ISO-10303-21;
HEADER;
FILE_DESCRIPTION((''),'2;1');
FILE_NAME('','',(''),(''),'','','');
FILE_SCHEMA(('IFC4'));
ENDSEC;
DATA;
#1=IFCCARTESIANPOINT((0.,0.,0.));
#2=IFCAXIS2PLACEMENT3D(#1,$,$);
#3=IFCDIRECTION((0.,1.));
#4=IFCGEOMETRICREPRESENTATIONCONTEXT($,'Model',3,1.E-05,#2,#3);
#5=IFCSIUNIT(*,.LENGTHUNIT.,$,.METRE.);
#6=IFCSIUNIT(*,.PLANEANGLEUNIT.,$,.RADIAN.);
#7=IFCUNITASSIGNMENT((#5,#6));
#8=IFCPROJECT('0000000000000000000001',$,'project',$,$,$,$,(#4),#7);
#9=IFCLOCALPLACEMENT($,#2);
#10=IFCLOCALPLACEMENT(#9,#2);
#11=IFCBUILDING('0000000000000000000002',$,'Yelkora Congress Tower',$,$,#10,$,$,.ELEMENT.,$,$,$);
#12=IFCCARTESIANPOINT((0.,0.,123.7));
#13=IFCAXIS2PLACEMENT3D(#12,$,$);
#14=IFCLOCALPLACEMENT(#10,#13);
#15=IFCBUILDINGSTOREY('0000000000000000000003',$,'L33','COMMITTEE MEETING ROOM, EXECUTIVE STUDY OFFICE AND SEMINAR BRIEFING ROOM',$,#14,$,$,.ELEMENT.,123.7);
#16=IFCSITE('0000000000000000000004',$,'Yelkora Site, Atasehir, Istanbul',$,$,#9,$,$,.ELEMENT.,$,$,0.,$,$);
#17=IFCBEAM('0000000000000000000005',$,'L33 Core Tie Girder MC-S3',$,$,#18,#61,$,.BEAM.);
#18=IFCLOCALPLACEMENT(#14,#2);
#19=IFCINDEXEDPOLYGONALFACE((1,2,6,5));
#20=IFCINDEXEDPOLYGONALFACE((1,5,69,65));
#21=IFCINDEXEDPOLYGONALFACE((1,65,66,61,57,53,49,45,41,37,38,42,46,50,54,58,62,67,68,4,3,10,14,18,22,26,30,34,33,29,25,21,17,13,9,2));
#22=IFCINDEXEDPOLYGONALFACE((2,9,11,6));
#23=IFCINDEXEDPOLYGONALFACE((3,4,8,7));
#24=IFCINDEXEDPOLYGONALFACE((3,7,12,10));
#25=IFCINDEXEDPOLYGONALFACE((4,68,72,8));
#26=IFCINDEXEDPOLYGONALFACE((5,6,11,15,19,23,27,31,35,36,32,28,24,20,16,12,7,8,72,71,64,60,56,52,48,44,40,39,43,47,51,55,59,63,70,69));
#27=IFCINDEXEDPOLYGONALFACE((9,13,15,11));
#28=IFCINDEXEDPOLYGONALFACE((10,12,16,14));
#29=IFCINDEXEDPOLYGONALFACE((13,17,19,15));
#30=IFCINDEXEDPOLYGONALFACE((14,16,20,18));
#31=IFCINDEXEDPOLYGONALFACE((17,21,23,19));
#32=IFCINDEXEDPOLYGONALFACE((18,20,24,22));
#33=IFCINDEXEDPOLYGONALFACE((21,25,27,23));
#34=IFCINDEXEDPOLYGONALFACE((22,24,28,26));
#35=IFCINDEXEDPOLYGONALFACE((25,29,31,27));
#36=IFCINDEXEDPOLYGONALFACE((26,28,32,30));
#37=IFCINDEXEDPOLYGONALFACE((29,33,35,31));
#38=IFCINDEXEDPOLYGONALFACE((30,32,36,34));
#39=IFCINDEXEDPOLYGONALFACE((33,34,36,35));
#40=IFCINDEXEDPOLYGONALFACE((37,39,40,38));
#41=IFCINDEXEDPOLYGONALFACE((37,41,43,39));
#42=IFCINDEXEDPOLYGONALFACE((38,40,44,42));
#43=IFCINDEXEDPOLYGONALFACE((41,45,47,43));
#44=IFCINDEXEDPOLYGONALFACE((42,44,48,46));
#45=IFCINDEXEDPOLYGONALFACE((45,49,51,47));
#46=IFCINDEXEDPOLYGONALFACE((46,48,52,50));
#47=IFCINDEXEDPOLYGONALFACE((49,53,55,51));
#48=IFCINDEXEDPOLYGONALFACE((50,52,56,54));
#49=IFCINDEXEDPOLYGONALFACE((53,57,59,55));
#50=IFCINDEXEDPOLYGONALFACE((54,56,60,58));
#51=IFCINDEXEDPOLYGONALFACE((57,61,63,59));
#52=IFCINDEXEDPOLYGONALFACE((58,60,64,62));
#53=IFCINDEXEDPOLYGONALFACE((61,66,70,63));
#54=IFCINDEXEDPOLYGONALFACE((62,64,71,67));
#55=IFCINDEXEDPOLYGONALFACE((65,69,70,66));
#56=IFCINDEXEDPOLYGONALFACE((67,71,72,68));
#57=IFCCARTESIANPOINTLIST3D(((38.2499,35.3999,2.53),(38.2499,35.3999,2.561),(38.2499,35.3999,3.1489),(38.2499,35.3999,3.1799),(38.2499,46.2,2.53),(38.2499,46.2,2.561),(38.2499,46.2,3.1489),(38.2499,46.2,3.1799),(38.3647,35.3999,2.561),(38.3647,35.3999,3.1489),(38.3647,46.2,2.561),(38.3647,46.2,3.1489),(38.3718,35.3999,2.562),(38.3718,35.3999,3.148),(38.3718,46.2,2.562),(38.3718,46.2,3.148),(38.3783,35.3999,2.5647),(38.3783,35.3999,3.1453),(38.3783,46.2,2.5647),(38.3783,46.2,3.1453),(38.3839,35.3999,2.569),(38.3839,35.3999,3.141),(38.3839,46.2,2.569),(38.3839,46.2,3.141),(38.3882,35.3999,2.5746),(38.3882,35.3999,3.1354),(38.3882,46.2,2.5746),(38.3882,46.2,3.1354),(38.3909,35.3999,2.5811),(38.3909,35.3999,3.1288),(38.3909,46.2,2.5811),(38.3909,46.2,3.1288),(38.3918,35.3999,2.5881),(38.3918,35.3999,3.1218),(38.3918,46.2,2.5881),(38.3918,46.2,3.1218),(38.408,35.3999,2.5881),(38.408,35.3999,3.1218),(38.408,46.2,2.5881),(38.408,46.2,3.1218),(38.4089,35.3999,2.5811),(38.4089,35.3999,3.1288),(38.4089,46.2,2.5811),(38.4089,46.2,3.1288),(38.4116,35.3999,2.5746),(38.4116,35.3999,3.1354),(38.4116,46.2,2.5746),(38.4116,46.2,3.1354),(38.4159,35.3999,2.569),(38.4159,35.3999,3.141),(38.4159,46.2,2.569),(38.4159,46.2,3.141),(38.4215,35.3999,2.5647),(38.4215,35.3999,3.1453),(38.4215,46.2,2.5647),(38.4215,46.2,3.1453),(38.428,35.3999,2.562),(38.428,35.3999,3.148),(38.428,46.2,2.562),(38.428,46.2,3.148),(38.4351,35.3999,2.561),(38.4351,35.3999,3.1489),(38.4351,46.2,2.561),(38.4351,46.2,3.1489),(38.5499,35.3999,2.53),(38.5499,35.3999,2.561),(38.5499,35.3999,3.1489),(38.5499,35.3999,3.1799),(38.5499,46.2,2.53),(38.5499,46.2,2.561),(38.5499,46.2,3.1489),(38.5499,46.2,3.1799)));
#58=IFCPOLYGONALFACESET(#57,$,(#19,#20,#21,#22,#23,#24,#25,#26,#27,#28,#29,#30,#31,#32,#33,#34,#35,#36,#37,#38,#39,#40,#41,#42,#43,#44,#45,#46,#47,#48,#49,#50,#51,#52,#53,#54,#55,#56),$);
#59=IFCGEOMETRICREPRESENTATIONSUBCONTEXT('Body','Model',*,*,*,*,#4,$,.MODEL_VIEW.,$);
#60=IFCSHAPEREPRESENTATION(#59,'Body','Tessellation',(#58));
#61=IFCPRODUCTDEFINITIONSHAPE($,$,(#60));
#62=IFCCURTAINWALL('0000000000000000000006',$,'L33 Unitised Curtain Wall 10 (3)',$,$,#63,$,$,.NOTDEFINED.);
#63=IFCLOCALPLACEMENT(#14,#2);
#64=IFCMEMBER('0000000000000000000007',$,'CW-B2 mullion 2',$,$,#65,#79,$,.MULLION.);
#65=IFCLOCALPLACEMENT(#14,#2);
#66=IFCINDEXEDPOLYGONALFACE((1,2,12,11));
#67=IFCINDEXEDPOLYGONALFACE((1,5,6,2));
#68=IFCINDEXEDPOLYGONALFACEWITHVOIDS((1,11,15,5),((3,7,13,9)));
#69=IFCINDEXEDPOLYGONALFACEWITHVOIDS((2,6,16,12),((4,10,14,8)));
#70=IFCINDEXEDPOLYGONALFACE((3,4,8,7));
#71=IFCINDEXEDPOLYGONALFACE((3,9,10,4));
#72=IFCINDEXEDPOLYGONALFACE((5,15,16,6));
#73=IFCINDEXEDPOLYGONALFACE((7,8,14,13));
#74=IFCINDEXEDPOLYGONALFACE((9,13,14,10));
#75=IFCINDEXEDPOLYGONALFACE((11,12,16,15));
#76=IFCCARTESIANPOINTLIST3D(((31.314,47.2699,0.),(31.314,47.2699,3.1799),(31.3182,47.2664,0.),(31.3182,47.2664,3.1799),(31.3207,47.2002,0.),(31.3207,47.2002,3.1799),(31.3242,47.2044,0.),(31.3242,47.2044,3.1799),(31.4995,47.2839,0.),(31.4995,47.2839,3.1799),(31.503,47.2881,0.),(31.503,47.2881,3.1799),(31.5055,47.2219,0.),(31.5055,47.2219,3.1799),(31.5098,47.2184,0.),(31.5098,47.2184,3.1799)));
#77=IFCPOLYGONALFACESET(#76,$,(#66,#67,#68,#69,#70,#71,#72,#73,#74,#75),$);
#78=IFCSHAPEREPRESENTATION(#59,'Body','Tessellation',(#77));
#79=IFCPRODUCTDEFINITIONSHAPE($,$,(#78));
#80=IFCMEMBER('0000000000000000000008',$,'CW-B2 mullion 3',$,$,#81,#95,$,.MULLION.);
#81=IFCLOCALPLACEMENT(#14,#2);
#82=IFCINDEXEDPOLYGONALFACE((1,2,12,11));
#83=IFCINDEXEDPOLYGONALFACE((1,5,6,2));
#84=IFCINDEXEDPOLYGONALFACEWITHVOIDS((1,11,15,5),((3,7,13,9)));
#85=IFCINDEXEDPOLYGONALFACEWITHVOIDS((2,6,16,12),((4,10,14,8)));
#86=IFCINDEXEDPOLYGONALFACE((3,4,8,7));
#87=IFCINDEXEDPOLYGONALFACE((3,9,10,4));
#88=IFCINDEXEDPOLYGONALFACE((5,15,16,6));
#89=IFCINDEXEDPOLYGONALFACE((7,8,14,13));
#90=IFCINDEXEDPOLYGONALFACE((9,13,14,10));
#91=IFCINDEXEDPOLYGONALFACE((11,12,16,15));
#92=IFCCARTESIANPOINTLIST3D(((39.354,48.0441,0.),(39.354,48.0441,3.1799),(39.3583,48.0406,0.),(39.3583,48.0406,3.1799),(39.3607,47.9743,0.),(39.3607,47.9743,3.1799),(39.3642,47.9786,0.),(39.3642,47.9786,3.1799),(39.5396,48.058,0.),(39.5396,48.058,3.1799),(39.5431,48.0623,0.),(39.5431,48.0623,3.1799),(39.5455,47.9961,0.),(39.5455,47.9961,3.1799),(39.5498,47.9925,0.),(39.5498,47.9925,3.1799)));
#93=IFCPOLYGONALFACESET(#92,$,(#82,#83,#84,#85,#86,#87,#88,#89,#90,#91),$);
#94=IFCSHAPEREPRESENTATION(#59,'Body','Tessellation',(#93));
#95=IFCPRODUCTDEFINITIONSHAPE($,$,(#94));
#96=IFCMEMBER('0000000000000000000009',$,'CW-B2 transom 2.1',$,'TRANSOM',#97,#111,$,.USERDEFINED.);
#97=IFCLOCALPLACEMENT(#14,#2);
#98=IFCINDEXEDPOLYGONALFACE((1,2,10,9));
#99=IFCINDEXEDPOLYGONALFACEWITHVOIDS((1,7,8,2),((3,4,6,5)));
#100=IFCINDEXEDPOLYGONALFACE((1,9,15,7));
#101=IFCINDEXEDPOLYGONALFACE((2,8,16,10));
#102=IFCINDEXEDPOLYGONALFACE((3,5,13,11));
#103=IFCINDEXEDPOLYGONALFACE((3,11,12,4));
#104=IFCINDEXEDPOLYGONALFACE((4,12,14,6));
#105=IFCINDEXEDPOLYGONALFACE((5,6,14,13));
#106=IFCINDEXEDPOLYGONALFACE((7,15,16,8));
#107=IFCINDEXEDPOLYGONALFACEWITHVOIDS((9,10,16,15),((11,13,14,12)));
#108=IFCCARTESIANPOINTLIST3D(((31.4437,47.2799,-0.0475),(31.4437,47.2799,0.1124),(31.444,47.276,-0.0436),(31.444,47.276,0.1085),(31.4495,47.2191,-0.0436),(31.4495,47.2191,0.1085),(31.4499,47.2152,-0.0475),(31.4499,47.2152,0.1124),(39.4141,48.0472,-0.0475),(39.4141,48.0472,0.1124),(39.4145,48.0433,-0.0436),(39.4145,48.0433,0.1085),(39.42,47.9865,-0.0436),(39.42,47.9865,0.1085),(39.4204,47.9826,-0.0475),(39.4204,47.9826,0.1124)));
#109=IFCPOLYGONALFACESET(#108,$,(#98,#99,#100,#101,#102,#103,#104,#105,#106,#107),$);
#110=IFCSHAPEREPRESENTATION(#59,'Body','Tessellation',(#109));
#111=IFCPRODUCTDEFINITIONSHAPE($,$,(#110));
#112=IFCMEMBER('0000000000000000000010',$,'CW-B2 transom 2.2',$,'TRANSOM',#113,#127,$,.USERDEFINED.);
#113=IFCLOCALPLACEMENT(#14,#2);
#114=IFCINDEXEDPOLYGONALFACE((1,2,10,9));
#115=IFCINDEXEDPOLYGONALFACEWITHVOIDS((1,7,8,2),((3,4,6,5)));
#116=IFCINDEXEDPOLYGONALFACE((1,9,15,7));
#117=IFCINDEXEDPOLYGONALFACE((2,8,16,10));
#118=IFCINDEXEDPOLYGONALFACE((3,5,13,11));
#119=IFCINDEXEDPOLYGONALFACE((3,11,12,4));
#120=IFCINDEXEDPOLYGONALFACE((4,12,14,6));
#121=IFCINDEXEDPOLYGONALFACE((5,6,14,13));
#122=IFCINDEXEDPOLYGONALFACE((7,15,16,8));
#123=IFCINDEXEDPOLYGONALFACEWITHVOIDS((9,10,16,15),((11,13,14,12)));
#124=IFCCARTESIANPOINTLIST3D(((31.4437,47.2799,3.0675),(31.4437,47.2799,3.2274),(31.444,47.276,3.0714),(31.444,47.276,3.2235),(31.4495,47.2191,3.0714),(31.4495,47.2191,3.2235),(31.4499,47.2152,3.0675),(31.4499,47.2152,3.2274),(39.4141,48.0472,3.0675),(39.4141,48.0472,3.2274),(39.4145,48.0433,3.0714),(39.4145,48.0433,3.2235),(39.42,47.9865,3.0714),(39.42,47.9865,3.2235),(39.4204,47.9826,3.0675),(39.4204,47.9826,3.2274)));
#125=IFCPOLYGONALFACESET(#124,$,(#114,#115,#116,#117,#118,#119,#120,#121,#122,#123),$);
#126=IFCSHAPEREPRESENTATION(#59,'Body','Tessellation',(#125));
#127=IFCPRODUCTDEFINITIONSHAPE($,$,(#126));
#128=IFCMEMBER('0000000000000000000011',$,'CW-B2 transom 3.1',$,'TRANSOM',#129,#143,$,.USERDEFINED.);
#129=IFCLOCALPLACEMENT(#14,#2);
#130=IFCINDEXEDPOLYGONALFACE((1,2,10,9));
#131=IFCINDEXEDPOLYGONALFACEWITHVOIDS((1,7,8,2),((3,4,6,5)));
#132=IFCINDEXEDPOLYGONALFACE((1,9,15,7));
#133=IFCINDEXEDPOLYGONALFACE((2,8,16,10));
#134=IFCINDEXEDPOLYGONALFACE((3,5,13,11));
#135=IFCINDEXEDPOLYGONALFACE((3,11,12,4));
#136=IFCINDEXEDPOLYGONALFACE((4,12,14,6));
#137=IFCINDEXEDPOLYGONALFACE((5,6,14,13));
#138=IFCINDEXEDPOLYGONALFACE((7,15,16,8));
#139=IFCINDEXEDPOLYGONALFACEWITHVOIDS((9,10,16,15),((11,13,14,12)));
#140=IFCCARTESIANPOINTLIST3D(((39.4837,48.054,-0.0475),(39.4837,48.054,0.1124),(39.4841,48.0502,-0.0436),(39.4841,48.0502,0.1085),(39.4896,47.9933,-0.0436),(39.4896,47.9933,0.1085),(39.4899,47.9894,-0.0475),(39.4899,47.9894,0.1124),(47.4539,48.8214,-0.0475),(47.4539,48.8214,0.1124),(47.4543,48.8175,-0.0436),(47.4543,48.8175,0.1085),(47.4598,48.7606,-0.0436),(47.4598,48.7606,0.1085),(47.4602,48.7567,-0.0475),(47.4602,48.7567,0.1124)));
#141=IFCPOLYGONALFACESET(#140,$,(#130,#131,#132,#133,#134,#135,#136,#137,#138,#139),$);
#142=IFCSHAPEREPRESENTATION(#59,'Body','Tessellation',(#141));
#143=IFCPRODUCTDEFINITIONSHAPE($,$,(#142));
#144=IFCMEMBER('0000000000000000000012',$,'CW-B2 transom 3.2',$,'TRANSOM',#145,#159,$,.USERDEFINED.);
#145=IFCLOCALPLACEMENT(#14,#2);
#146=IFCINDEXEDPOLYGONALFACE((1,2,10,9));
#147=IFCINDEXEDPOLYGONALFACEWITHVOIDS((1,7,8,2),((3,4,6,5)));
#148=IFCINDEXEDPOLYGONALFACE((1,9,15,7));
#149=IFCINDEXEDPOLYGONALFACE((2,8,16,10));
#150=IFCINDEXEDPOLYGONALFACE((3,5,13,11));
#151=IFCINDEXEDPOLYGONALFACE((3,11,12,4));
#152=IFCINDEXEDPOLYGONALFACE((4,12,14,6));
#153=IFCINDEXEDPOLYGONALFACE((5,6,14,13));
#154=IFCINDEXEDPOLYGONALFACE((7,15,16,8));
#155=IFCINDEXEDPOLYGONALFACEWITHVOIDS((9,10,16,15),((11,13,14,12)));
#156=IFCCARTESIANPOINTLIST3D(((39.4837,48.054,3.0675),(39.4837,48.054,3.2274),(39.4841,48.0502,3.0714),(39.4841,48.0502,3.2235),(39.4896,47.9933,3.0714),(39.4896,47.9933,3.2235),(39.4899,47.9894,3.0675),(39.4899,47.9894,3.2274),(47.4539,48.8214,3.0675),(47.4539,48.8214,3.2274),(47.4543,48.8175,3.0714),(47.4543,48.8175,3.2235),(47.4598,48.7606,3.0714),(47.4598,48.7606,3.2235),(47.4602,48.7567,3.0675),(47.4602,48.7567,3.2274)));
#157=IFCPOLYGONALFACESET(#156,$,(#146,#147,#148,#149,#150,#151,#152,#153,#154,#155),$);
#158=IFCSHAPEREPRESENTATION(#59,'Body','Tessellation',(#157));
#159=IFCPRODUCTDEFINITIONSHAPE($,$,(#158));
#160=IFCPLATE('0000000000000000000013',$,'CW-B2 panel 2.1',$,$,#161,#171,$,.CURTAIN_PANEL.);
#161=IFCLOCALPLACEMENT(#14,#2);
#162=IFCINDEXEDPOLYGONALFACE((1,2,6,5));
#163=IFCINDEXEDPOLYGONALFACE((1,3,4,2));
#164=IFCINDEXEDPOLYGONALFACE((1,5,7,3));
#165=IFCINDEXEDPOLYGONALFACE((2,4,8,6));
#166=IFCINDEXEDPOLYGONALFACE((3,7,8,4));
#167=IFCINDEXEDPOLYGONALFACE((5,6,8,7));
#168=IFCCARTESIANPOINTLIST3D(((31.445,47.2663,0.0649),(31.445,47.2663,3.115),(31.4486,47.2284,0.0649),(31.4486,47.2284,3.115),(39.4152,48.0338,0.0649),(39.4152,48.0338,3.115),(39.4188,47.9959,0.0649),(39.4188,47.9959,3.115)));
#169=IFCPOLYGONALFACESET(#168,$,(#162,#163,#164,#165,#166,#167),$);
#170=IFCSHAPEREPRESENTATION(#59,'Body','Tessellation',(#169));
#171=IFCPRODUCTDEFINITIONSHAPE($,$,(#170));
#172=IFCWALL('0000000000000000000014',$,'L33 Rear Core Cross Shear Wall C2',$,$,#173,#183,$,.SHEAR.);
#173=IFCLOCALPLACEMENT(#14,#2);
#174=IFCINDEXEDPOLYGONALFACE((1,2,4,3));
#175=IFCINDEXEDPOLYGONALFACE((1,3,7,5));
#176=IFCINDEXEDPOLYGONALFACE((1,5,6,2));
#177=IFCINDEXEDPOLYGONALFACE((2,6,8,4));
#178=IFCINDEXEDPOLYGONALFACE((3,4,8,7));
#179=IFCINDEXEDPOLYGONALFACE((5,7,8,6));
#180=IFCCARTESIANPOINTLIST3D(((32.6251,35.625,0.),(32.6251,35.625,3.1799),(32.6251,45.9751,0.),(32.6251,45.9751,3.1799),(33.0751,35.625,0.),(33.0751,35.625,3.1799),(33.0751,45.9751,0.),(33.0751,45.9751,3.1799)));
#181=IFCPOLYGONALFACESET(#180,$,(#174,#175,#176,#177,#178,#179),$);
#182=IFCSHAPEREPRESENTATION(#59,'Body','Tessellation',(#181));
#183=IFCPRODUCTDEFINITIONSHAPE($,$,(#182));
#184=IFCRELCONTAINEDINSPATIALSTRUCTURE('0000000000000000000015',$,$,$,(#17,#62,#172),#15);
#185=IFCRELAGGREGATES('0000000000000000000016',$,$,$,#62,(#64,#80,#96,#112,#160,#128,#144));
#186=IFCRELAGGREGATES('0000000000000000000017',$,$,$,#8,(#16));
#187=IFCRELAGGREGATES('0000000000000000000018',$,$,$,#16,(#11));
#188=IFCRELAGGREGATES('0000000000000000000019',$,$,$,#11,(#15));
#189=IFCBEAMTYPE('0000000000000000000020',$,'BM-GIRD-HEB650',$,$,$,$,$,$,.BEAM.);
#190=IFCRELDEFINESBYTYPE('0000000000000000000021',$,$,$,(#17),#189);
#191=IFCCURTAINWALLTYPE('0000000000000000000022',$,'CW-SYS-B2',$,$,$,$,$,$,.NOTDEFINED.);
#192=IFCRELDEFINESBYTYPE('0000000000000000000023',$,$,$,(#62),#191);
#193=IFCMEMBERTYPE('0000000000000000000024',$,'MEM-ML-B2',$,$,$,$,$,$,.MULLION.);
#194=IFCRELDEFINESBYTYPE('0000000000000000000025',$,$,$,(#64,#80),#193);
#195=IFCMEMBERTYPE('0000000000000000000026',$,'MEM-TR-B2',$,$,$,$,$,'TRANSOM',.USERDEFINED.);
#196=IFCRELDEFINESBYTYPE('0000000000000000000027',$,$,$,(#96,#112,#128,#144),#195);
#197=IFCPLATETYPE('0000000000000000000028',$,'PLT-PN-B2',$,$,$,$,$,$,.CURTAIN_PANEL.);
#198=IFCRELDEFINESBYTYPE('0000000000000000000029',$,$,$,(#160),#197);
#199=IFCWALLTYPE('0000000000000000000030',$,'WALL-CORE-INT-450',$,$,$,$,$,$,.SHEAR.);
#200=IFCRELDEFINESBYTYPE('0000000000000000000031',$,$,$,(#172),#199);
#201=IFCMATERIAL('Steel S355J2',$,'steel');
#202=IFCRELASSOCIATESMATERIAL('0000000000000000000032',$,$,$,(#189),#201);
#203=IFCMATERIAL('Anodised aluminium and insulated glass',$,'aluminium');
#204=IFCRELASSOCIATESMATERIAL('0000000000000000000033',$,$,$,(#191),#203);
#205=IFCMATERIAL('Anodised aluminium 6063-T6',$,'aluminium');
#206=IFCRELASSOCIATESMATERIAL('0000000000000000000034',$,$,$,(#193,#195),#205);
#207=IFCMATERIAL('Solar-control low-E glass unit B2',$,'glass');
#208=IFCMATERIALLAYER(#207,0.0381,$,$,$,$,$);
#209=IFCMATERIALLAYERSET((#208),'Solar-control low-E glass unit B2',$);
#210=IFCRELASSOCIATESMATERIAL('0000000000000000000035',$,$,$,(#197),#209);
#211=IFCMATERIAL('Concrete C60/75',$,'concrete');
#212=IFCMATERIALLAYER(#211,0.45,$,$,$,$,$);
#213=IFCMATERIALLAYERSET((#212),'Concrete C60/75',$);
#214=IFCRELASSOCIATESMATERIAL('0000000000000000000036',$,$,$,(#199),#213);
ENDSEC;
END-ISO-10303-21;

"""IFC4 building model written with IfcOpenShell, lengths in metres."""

from ifc_helpers import new_model, si_unit, direction, frame, frame_2d, origin, origin_2d, place, context, subcontext, project, spatial, rectangle, hollow_rectangle, i_section, extrude, material, layer, layer_set, material_profile, profile_set, type_object, element, aggregate, save


model = new_model("IFC4")

# Units and contexts
model_context = context("Model", 3, precision=1e-05, world=origin(), true_north=direction((0.0, 1.0)))
body_context = subcontext(model_context, "Body", "Model", "MODEL_VIEW")
ifc_project = project(units=[si_unit("LENGTHUNIT", "METRE"), si_unit("PLANEANGLEUNIT", "RADIAN")], contexts=[model_context])

# Site, building, storey
site_placement = place(None, origin())
site = spatial("IfcSite", under=ifc_project, at=site_placement, Name="Yelkora Site, Atasehir, Istanbul", CompositionType="ELEMENT", RefElevation=0.0)
building_placement = place(site_placement, origin())
building = spatial("IfcBuilding", under=site, at=building_placement, Name="Yelkora Congress Tower", CompositionType="ELEMENT")
storey_placement = place(building_placement, frame((0.0, 0.0, 123.7)))
storey = spatial("IfcBuildingStorey", under=building, at=storey_placement, Name="L33", Description="COMMITTEE MEETING ROOM, EXECUTIVE STUDY OFFICE AND SEMINAR BRIEFING ROOM", CompositionType="ELEMENT", Elevation=123.7)

# Beam
ifc_material_1 = material(Name="Steel S355J2", Category="steel")
ifc_material_profile_1 = material_profile(ifc_material_1, i_section(OverallWidth=0.3, OverallDepth=0.6499, WebThickness=0.0161, FlangeThickness=0.031, FilletRadius=0.0271, at=origin_2d()), Name="HEB 650")
ifc_profile_set_1 = profile_set([ifc_material_profile_1], Name="Steel S355J2")
beam_type = type_object("IfcBeamType", Name="BM-GIRD-HEB650", PredefinedType="BEAM", material=ifc_profile_set_1)
beam_placement = place(storey_placement, frame((38.3999, 35.3999, 2.855), z_axis=(0.0, 1.0, 0.0), x_axis=(-1.0, 0.0, 0.0)))
element("IfcBeam", 1, at=beam_placement, inside=storey, type_object=beam_type, Name="L33 Core Tie Girder MC-S3", PredefinedType="BEAM", context=body_context, shape_type="SweptSolid", body=[
    extrude(i_section(OverallWidth=0.3, OverallDepth=0.6499, WebThickness=0.0161, FlangeThickness=0.031, FilletRadius=0.0271, at=origin_2d()), origin(), (0.0, 0.0, 1.0), 10.8),
])

# Curtain wall, members, plate
ifc_material_2 = material(Name="Anodised aluminium and insulated glass", Category="aluminium")
curtain_wall_type = type_object("IfcCurtainWallType", Name="CW-SYS-B2", PredefinedType="NOTDEFINED", material=ifc_material_2)
curtain_wall_placement = place(storey_placement, origin())
curtain_wall = element("IfcCurtainWall", 2, at=curtain_wall_placement, inside=storey, type_object=curtain_wall_type, Name="L33 Unitised Curtain Wall 10 (3)", PredefinedType="NOTDEFINED")
ifc_material_3 = material(Name="Anodised aluminium 6063-T6", Category="aluminium")
ifc_material_profile_2 = material_profile(ifc_material_3, hollow_rectangle(XDim=0.0701, YDim=0.1899, WallThickness=0.0039, at=origin_2d()), Name="ALU 70x190x4")
ifc_profile_set_2 = profile_set([ifc_material_profile_2], Name="Anodised aluminium 6063-T6")
member_type_1 = type_object("IfcMemberType", Name="MEM-ML-B2", PredefinedType="MULLION", material=ifc_profile_set_2)
member_1_placement = place(storey_placement, frame((31.4119, 47.2441, 0.0), z_axis=(0.0, 0.0, 1.0), x_axis=(-0.095844, 0.995396, 0.0)))
member_1 = element("IfcMember", 3, at=member_1_placement, type_object=member_type_1, Name="CW-B2 mullion 2", PredefinedType="MULLION", context=body_context, shape_type="SweptSolid", body=[
    extrude(hollow_rectangle(XDim=0.0701, YDim=0.1899, WallThickness=0.0039, at=origin_2d()), origin(), (0.0, 0.0, 1.0), 3.1799),
])
member_2_placement = place(storey_placement, frame((39.4519, 48.0183, 0.0), z_axis=(0.0, 0.0, 1.0), x_axis=(-0.095844, 0.995396, 0.0)))
member_2 = element("IfcMember", 4, at=member_2_placement, type_object=member_type_1, Name="CW-B2 mullion 3", PredefinedType="MULLION", context=body_context, shape_type="SweptSolid", body=[
    extrude(hollow_rectangle(XDim=0.0701, YDim=0.1899, WallThickness=0.0039, at=origin_2d()), origin(), (0.0, 0.0, 1.0), 3.1799),
])
ifc_material_profile_3 = material_profile(ifc_material_3, hollow_rectangle(XDim=0.0649, YDim=0.1599, WallThickness=0.0039, at=origin_2d()), Name="ALU 65x160x4")
ifc_profile_set_3 = profile_set([ifc_material_profile_3], Name="Anodised aluminium 6063-T6")
member_type_2 = type_object("IfcMemberType", Name="MEM-TR-B2", ElementType="TRANSOM", PredefinedType="USERDEFINED", material=ifc_profile_set_3)
member_3_placement = place(storey_placement, frame((31.4468, 47.2476, 0.0325), z_axis=(0.995398, 0.095829, 0.0), x_axis=(-0.095829, 0.995398, 0.0)))
member_3 = element("IfcMember", 5, at=member_3_placement, type_object=member_type_2, Name="CW-B2 transom 2.1", ObjectType="TRANSOM", PredefinedType="USERDEFINED", context=body_context, shape_type="SweptSolid", body=[
    extrude(hollow_rectangle(XDim=0.0649, YDim=0.1599, WallThickness=0.0039, at=origin_2d()), origin(), (0.0, 0.0, 1.0), 8.0073),
])
member_4_placement = place(storey_placement, frame((31.4468, 47.2476, 3.1475), z_axis=(0.995398, 0.095829, 0.0), x_axis=(-0.095829, 0.995398, 0.0)))
member_4 = element("IfcMember", 6, at=member_4_placement, type_object=member_type_2, Name="CW-B2 transom 2.2", ObjectType="TRANSOM", PredefinedType="USERDEFINED", context=body_context, shape_type="SweptSolid", body=[
    extrude(hollow_rectangle(XDim=0.0649, YDim=0.1599, WallThickness=0.0039, at=origin_2d()), origin(), (0.0, 0.0, 1.0), 8.0073),
])
member_5_placement = place(storey_placement, frame((39.4868, 48.0217, 0.0325), z_axis=(0.995398, 0.095832, 0.0), x_axis=(-0.095832, 0.995398, 0.0)))
member_5 = element("IfcMember", 7, at=member_5_placement, type_object=member_type_2, Name="CW-B2 transom 3.1", ObjectType="TRANSOM", PredefinedType="USERDEFINED", context=body_context, shape_type="SweptSolid", body=[
    extrude(hollow_rectangle(XDim=0.0649, YDim=0.1599, WallThickness=0.0039, at=origin_2d()), origin(), (0.0, 0.0, 1.0), 8.0071),
])
member_6_placement = place(storey_placement, frame((39.4868, 48.0217, 3.1475), z_axis=(0.995398, 0.095832, 0.0), x_axis=(-0.095832, 0.995398, 0.0)))
member_6 = element("IfcMember", 8, at=member_6_placement, type_object=member_type_2, Name="CW-B2 transom 3.2", ObjectType="TRANSOM", PredefinedType="USERDEFINED", context=body_context, shape_type="SweptSolid", body=[
    extrude(hollow_rectangle(XDim=0.0649, YDim=0.1599, WallThickness=0.0039, at=origin_2d()), origin(), (0.0, 0.0, 1.0), 8.0071),
])
ifc_material_4 = material(Name="Solar-control low-E glass unit B2", Category="glass")
ifc_layer_1 = layer(ifc_material_4, 0.0381)
ifc_layer_set_1 = layer_set([ifc_layer_1], Name="Solar-control low-E glass unit B2")
plate_type = type_object("IfcPlateType", Name="PLT-PN-B2", PredefinedType="CURTAIN_PANEL", material=ifc_layer_set_1)
plate_placement = place(storey_placement, frame((35.4319, 47.6311, 0.0649), z_axis=(0.0, 0.0, 1.0), x_axis=(0.995396, 0.095844, 0.0)))
plate = element("IfcPlate", 9, at=plate_placement, type_object=plate_type, Name="CW-B2 panel 2.1", PredefinedType="CURTAIN_PANEL", context=body_context, shape_type="SweptSolid", body=[
    extrude(rectangle(XDim=8.0071, YDim=0.0381, at=origin_2d()), origin(), (0.0, 0.0, 1.0), 3.05),
])
aggregate(curtain_wall, [member_1, member_2, member_3, member_4, plate, member_5, member_6])

# Wall
ifc_material_5 = material(Name="Concrete C60/75", Category="concrete")
ifc_layer_2 = layer(ifc_material_5, 0.45)
ifc_layer_set_2 = layer_set([ifc_layer_2], Name="Concrete C60/75")
wall_type_1 = type_object("IfcWallType", Name="WALL-CORE-INT-450", PredefinedType="SHEAR", material=ifc_layer_set_2)
wall_1_placement = place(storey_placement, frame((32.8501, 35.625, 0.0), z_axis=(0.0, 0.0, 1.0), x_axis=(0.0, 1.0, 0.0)))
element("IfcWall", 10, at=wall_1_placement, inside=storey, type_object=wall_type_1, Name="L33 Rear Core Cross Shear Wall C2", PredefinedType="SHEAR", context=body_context, shape_type="SweptSolid", body=[
    extrude(rectangle(XDim=10.3501, YDim=0.45, at=frame_2d((5.175, 0.0))), origin(), (0.0, 0.0, 1.0), 3.1799),
])

save(model, "model.ifc")
